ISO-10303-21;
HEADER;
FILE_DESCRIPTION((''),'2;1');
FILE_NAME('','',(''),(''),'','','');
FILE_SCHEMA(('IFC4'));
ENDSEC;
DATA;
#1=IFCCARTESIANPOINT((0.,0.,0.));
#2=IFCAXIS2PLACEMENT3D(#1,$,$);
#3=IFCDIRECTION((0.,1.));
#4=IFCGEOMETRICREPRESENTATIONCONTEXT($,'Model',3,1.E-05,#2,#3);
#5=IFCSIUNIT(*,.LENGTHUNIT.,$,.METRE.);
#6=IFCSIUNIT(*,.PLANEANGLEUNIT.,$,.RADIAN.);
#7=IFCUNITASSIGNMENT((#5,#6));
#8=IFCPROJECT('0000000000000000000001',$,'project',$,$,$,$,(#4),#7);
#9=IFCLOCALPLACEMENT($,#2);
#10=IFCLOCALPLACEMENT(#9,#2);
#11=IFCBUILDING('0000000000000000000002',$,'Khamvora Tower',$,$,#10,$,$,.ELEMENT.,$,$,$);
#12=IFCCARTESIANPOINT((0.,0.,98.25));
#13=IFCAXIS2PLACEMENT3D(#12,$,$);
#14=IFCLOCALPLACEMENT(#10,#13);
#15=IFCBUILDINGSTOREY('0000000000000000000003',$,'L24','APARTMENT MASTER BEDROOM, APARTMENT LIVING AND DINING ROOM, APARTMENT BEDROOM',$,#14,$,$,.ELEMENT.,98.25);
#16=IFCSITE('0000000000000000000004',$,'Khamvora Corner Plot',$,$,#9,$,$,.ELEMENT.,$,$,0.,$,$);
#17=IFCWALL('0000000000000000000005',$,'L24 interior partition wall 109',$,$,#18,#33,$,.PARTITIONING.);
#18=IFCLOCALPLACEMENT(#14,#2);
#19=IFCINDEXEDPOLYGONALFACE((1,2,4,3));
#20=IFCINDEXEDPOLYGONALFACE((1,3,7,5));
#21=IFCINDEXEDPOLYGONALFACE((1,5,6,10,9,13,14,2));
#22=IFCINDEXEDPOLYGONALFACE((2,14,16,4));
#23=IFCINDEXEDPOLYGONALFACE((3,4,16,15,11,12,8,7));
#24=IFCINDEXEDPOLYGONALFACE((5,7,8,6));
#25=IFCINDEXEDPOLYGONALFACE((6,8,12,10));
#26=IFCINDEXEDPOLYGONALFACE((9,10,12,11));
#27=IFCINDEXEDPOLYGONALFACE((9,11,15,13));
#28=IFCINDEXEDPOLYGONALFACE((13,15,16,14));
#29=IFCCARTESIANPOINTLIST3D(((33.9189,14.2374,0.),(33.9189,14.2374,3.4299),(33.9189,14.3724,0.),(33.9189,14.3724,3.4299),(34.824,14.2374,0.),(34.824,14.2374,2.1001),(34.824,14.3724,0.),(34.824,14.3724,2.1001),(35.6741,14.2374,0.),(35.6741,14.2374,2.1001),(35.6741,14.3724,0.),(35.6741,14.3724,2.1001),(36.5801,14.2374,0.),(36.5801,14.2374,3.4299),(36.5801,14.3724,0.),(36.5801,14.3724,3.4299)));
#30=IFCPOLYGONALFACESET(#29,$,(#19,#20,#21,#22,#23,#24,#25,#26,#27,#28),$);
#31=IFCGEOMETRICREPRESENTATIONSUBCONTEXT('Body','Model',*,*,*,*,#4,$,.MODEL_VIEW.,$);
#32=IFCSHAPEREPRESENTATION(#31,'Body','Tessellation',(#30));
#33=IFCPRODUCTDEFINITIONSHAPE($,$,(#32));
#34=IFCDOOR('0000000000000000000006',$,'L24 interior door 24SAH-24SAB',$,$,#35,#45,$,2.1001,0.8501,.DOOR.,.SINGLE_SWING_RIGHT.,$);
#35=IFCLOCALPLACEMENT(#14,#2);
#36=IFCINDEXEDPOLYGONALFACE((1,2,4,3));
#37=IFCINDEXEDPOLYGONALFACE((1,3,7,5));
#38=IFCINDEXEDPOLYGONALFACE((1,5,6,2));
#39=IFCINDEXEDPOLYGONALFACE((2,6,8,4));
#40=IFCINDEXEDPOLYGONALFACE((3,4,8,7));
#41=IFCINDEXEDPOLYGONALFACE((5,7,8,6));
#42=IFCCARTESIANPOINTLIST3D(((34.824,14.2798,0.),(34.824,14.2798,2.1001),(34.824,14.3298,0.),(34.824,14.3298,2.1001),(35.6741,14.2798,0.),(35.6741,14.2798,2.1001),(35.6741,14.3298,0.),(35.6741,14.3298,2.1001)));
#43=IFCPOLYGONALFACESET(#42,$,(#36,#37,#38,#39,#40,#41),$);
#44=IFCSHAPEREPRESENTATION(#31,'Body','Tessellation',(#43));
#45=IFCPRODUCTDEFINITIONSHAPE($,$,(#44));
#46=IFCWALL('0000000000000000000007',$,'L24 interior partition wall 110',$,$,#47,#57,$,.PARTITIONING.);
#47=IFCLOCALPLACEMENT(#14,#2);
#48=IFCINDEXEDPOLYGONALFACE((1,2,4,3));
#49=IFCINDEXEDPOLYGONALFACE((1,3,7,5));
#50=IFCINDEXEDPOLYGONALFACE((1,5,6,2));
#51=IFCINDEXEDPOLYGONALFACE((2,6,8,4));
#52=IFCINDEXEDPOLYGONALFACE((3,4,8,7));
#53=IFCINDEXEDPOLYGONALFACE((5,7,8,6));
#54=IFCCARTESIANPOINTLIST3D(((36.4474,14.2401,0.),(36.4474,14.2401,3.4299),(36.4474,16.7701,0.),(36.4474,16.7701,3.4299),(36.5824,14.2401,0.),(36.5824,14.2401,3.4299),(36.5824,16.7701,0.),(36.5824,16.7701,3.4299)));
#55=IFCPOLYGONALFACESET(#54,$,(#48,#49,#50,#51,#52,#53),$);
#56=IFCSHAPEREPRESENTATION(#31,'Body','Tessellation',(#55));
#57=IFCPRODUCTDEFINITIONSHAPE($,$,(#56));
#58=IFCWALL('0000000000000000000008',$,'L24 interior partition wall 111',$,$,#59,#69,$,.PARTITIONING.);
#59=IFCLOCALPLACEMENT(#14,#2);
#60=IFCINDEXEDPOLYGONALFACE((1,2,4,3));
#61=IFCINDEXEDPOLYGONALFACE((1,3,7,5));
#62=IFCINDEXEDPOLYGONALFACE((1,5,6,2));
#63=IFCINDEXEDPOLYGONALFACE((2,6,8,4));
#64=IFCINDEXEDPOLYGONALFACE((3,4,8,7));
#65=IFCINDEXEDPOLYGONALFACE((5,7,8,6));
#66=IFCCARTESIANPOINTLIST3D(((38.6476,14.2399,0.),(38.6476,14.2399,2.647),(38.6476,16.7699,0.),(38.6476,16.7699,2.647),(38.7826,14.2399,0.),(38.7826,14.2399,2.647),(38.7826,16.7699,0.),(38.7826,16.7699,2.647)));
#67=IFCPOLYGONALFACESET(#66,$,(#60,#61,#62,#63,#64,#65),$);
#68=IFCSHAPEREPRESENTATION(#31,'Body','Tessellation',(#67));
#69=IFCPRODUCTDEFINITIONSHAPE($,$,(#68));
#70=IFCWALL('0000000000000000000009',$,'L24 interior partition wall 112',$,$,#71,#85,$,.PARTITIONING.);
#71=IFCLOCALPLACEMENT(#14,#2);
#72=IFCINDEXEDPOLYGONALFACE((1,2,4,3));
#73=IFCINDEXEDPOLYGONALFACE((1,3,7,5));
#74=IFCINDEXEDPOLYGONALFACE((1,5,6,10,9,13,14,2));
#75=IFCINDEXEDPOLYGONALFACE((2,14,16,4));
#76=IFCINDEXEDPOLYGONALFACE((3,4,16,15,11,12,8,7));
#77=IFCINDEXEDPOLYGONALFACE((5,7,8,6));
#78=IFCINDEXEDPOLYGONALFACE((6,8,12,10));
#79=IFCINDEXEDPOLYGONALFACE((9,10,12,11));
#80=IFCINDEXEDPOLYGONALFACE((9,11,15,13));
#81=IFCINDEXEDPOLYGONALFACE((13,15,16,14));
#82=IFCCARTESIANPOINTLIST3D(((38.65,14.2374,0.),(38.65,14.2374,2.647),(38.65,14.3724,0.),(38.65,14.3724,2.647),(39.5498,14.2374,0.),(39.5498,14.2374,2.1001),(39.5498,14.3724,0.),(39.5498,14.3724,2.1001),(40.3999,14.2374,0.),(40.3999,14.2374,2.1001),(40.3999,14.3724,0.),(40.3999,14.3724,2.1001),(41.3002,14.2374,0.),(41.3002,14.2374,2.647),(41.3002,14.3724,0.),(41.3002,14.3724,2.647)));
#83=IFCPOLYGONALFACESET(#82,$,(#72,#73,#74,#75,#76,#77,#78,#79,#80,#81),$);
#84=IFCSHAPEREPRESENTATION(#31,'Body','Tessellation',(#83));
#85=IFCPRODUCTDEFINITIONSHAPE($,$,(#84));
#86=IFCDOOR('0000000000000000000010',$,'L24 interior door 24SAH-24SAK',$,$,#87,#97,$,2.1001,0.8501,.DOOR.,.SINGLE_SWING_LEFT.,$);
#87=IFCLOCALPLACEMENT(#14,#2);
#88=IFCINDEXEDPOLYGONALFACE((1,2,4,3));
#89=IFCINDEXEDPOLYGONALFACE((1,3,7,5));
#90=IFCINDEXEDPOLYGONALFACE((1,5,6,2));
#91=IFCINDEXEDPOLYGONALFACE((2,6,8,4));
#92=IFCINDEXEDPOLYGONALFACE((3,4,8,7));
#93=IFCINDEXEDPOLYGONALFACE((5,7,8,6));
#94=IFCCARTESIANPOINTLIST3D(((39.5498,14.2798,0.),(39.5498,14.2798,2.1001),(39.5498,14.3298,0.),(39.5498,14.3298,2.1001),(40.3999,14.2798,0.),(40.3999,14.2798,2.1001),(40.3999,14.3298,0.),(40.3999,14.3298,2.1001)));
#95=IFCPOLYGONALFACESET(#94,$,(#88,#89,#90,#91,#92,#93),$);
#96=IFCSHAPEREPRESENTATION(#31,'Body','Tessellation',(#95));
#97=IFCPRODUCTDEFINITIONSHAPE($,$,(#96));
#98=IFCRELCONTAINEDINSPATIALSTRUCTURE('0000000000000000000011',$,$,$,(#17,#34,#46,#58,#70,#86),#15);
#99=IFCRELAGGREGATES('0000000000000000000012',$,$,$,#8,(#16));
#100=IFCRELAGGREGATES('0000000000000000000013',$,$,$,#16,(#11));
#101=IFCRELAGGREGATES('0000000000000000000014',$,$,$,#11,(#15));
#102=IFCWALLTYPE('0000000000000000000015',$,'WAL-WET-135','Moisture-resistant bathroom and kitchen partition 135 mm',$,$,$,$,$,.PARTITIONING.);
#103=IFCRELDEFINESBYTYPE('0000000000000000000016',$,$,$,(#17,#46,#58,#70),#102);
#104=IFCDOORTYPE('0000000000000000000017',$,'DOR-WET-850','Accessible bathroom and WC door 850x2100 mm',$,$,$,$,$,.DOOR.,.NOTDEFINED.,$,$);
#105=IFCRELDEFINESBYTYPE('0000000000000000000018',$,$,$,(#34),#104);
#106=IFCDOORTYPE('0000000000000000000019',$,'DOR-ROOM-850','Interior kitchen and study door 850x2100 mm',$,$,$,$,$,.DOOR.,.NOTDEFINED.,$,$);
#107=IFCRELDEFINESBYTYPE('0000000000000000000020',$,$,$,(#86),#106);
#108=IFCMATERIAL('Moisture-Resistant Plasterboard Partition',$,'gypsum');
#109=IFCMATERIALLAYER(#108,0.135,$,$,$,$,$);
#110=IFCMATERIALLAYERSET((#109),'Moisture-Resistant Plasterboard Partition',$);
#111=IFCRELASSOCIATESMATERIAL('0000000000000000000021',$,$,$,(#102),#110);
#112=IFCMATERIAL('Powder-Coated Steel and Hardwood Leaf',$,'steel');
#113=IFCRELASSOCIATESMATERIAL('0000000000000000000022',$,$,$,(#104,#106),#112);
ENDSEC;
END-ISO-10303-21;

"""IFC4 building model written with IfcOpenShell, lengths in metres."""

from ifc_helpers import new_model, si_unit, direction, frame, frame_2d, origin, place, context, subcontext, project, spatial, rectangle, extrude, material, layer, layer_set, type_object, element, fill, save


model = new_model("IFC4")

# Units and contexts
model_context = context("Model", 3, precision=1e-05, world=origin(), true_north=direction((0.0, 1.0)))
body_context = subcontext(model_context, "Body", "Model", "MODEL_VIEW")
ifc_project = project(units=[si_unit("LENGTHUNIT", "METRE"), si_unit("PLANEANGLEUNIT", "RADIAN")], contexts=[model_context])

# Site, building, storey
site_placement = place(None, origin())
site = spatial("IfcSite", under=ifc_project, at=site_placement, Name="Khamvora Corner Plot", CompositionType="ELEMENT", RefElevation=0.0)
building_placement = place(site_placement, origin())
building = spatial("IfcBuilding", under=site, at=building_placement, Name="Khamvora Tower", CompositionType="ELEMENT")
storey_placement = place(building_placement, frame((0.0, 0.0, 98.25)))
storey = spatial("IfcBuildingStorey", under=building, at=storey_placement, Name="L24", Description="APARTMENT MASTER BEDROOM, APARTMENT LIVING AND DINING ROOM, APARTMENT BEDROOM", CompositionType="ELEMENT", Elevation=98.25)

# Shared definitions
ifc_material_1 = material(Name="Powder-Coated Steel and Hardwood Leaf", Category="steel")

# Shared definitions
ifc_material_2 = material(Name="Moisture-Resistant Plasterboard Partition", Category="gypsum")
ifc_layer_1 = layer(ifc_material_2, 0.135)
ifc_layer_set_1 = layer_set([ifc_layer_1], Name="Moisture-Resistant Plasterboard Partition")
wall_type_1 = type_object("IfcWallType", Name="WAL-WET-135", Description="Moisture-resistant bathroom and kitchen partition 135 mm", PredefinedType="PARTITIONING", material=ifc_layer_set_1)

# Wall, opening, door
wall_1_placement = place(storey_placement, frame((33.9189, 14.3049, 0.0), z_axis=(0.0, 0.0, 1.0), x_axis=(1.0, 0.0, 0.0)))
wall_1 = element("IfcWall", 1, at=wall_1_placement, inside=storey, type_object=wall_type_1, Name="L24 interior partition wall 109", PredefinedType="PARTITIONING", context=body_context, shape_type="SweptSolid", body=[
    extrude(rectangle(XDim=2.6611, YDim=0.135, at=frame_2d((1.3306, 0.0))), origin(), (0.0, 0.0, 1.0), 3.4299),
])
opening_1_placement = place(wall_1_placement, frame((0.905, 0.0, 0.0)))
opening_1 = element("IfcOpeningElement", 2, at=opening_1_placement, cuts=wall_1, PredefinedType="OPENING", context=body_context, shape_type="SweptSolid", body=[
    extrude(rectangle(XDim=0.8501, YDim=2.1001, at=frame_2d((0.425, 1.05))), frame((0.0, 0.0774, 0.0), z_axis=(0.0, -1.0, 0.0), x_axis=(1.0, 0.0, 0.0)), (0.0, 0.0, 1.0), 0.155),
])
door_type_1 = type_object("IfcDoorType", Name="DOR-WET-850", Description="Accessible bathroom and WC door 850x2100 mm", OperationType="NOTDEFINED", PredefinedType="DOOR", material=ifc_material_1)
door_1_placement = place(opening_1_placement, origin())
door_1 = element("IfcDoor", 3, at=door_1_placement, inside=storey, type_object=door_type_1, Name="L24 interior door 24SAH-24SAB", OperationType="SINGLE_SWING_RIGHT", OverallHeight=2.1001, OverallWidth=0.8501, PredefinedType="DOOR", context=body_context, shape_type="SweptSolid", body=[
    extrude(rectangle(XDim=0.8501, YDim=2.1001, at=frame_2d((0.425, 1.05))), frame((0.0, 0.0249, 0.0), z_axis=(0.0, -1.0, 0.0), x_axis=(1.0, 0.0, 0.0)), (0.0, 0.0, 1.0), 0.05),
])
fill(opening_1, door_1)

# Walls
wall_2_placement = place(storey_placement, frame((36.5149, 14.24, 0.0), z_axis=(0.0, 0.0, 1.0), x_axis=(0.0, 1.0, 0.0)))
element("IfcWall", 4, at=wall_2_placement, inside=storey, type_object=wall_type_1, Name="L24 interior partition wall 110", PredefinedType="PARTITIONING", context=body_context, shape_type="SweptSolid", body=[
    extrude(rectangle(XDim=2.53, YDim=0.135, at=frame_2d((1.2651, 0.0))), origin(), (0.0, 0.0, 1.0), 3.4299),
])
wall_3_placement = place(storey_placement, frame((38.7151, 16.77, 0.0), z_axis=(0.0, 0.0, 1.0), x_axis=(0.0, -1.0, 0.0)))
element("IfcWall", 5, at=wall_3_placement, inside=storey, type_object=wall_type_1, Name="L24 interior partition wall 111", PredefinedType="PARTITIONING", context=body_context, shape_type="SweptSolid", body=[
    extrude(rectangle(XDim=2.53, YDim=0.135, at=frame_2d((1.2651, 0.0))), origin(), (0.0, 0.0, 1.0), 2.647),
])

# Wall, opening, door
wall_4_placement = place(storey_placement, frame((38.6499, 14.3049, 0.0), z_axis=(0.0, 0.0, 1.0), x_axis=(1.0, 0.0, 0.0)))
wall_4 = element("IfcWall", 6, at=wall_4_placement, inside=storey, type_object=wall_type_1, Name="L24 interior partition wall 112", PredefinedType="PARTITIONING", context=body_context, shape_type="SweptSolid", body=[
    extrude(rectangle(XDim=2.6501, YDim=0.135, at=frame_2d((1.3252, 0.0))), origin(), (0.0, 0.0, 1.0), 2.647),
])
opening_2_placement = place(wall_4_placement, frame((0.8999, 0.0, 0.0)))
opening_2 = element("IfcOpeningElement", 7, at=opening_2_placement, cuts=wall_4, PredefinedType="OPENING", context=body_context, shape_type="SweptSolid", body=[
    extrude(rectangle(XDim=0.8501, YDim=2.1001, at=frame_2d((0.425, 1.05))), frame((0.0, 0.0774, 0.0), z_axis=(0.0, -1.0, 0.0), x_axis=(1.0, 0.0, 0.0)), (0.0, 0.0, 1.0), 0.155),
])
door_type_2 = type_object("IfcDoorType", Name="DOR-ROOM-850", Description="Interior kitchen and study door 850x2100 mm", OperationType="NOTDEFINED", PredefinedType="DOOR", material=ifc_material_1)
door_2_placement = place(opening_2_placement, origin())
door_2 = element("IfcDoor", 8, at=door_2_placement, inside=storey, type_object=door_type_2, Name="L24 interior door 24SAH-24SAK", OperationType="SINGLE_SWING_LEFT", OverallHeight=2.1001, OverallWidth=0.8501, PredefinedType="DOOR", context=body_context, shape_type="SweptSolid", body=[
    extrude(rectangle(XDim=0.8501, YDim=2.1001, at=frame_2d((0.425, 1.05))), frame((0.0, 0.0249, 0.0), z_axis=(0.0, -1.0, 0.0), x_axis=(1.0, 0.0, 0.0)), (0.0, 0.0, 1.0), 0.05),
])
fill(opening_2, door_2)

save(model, "model.ifc")
